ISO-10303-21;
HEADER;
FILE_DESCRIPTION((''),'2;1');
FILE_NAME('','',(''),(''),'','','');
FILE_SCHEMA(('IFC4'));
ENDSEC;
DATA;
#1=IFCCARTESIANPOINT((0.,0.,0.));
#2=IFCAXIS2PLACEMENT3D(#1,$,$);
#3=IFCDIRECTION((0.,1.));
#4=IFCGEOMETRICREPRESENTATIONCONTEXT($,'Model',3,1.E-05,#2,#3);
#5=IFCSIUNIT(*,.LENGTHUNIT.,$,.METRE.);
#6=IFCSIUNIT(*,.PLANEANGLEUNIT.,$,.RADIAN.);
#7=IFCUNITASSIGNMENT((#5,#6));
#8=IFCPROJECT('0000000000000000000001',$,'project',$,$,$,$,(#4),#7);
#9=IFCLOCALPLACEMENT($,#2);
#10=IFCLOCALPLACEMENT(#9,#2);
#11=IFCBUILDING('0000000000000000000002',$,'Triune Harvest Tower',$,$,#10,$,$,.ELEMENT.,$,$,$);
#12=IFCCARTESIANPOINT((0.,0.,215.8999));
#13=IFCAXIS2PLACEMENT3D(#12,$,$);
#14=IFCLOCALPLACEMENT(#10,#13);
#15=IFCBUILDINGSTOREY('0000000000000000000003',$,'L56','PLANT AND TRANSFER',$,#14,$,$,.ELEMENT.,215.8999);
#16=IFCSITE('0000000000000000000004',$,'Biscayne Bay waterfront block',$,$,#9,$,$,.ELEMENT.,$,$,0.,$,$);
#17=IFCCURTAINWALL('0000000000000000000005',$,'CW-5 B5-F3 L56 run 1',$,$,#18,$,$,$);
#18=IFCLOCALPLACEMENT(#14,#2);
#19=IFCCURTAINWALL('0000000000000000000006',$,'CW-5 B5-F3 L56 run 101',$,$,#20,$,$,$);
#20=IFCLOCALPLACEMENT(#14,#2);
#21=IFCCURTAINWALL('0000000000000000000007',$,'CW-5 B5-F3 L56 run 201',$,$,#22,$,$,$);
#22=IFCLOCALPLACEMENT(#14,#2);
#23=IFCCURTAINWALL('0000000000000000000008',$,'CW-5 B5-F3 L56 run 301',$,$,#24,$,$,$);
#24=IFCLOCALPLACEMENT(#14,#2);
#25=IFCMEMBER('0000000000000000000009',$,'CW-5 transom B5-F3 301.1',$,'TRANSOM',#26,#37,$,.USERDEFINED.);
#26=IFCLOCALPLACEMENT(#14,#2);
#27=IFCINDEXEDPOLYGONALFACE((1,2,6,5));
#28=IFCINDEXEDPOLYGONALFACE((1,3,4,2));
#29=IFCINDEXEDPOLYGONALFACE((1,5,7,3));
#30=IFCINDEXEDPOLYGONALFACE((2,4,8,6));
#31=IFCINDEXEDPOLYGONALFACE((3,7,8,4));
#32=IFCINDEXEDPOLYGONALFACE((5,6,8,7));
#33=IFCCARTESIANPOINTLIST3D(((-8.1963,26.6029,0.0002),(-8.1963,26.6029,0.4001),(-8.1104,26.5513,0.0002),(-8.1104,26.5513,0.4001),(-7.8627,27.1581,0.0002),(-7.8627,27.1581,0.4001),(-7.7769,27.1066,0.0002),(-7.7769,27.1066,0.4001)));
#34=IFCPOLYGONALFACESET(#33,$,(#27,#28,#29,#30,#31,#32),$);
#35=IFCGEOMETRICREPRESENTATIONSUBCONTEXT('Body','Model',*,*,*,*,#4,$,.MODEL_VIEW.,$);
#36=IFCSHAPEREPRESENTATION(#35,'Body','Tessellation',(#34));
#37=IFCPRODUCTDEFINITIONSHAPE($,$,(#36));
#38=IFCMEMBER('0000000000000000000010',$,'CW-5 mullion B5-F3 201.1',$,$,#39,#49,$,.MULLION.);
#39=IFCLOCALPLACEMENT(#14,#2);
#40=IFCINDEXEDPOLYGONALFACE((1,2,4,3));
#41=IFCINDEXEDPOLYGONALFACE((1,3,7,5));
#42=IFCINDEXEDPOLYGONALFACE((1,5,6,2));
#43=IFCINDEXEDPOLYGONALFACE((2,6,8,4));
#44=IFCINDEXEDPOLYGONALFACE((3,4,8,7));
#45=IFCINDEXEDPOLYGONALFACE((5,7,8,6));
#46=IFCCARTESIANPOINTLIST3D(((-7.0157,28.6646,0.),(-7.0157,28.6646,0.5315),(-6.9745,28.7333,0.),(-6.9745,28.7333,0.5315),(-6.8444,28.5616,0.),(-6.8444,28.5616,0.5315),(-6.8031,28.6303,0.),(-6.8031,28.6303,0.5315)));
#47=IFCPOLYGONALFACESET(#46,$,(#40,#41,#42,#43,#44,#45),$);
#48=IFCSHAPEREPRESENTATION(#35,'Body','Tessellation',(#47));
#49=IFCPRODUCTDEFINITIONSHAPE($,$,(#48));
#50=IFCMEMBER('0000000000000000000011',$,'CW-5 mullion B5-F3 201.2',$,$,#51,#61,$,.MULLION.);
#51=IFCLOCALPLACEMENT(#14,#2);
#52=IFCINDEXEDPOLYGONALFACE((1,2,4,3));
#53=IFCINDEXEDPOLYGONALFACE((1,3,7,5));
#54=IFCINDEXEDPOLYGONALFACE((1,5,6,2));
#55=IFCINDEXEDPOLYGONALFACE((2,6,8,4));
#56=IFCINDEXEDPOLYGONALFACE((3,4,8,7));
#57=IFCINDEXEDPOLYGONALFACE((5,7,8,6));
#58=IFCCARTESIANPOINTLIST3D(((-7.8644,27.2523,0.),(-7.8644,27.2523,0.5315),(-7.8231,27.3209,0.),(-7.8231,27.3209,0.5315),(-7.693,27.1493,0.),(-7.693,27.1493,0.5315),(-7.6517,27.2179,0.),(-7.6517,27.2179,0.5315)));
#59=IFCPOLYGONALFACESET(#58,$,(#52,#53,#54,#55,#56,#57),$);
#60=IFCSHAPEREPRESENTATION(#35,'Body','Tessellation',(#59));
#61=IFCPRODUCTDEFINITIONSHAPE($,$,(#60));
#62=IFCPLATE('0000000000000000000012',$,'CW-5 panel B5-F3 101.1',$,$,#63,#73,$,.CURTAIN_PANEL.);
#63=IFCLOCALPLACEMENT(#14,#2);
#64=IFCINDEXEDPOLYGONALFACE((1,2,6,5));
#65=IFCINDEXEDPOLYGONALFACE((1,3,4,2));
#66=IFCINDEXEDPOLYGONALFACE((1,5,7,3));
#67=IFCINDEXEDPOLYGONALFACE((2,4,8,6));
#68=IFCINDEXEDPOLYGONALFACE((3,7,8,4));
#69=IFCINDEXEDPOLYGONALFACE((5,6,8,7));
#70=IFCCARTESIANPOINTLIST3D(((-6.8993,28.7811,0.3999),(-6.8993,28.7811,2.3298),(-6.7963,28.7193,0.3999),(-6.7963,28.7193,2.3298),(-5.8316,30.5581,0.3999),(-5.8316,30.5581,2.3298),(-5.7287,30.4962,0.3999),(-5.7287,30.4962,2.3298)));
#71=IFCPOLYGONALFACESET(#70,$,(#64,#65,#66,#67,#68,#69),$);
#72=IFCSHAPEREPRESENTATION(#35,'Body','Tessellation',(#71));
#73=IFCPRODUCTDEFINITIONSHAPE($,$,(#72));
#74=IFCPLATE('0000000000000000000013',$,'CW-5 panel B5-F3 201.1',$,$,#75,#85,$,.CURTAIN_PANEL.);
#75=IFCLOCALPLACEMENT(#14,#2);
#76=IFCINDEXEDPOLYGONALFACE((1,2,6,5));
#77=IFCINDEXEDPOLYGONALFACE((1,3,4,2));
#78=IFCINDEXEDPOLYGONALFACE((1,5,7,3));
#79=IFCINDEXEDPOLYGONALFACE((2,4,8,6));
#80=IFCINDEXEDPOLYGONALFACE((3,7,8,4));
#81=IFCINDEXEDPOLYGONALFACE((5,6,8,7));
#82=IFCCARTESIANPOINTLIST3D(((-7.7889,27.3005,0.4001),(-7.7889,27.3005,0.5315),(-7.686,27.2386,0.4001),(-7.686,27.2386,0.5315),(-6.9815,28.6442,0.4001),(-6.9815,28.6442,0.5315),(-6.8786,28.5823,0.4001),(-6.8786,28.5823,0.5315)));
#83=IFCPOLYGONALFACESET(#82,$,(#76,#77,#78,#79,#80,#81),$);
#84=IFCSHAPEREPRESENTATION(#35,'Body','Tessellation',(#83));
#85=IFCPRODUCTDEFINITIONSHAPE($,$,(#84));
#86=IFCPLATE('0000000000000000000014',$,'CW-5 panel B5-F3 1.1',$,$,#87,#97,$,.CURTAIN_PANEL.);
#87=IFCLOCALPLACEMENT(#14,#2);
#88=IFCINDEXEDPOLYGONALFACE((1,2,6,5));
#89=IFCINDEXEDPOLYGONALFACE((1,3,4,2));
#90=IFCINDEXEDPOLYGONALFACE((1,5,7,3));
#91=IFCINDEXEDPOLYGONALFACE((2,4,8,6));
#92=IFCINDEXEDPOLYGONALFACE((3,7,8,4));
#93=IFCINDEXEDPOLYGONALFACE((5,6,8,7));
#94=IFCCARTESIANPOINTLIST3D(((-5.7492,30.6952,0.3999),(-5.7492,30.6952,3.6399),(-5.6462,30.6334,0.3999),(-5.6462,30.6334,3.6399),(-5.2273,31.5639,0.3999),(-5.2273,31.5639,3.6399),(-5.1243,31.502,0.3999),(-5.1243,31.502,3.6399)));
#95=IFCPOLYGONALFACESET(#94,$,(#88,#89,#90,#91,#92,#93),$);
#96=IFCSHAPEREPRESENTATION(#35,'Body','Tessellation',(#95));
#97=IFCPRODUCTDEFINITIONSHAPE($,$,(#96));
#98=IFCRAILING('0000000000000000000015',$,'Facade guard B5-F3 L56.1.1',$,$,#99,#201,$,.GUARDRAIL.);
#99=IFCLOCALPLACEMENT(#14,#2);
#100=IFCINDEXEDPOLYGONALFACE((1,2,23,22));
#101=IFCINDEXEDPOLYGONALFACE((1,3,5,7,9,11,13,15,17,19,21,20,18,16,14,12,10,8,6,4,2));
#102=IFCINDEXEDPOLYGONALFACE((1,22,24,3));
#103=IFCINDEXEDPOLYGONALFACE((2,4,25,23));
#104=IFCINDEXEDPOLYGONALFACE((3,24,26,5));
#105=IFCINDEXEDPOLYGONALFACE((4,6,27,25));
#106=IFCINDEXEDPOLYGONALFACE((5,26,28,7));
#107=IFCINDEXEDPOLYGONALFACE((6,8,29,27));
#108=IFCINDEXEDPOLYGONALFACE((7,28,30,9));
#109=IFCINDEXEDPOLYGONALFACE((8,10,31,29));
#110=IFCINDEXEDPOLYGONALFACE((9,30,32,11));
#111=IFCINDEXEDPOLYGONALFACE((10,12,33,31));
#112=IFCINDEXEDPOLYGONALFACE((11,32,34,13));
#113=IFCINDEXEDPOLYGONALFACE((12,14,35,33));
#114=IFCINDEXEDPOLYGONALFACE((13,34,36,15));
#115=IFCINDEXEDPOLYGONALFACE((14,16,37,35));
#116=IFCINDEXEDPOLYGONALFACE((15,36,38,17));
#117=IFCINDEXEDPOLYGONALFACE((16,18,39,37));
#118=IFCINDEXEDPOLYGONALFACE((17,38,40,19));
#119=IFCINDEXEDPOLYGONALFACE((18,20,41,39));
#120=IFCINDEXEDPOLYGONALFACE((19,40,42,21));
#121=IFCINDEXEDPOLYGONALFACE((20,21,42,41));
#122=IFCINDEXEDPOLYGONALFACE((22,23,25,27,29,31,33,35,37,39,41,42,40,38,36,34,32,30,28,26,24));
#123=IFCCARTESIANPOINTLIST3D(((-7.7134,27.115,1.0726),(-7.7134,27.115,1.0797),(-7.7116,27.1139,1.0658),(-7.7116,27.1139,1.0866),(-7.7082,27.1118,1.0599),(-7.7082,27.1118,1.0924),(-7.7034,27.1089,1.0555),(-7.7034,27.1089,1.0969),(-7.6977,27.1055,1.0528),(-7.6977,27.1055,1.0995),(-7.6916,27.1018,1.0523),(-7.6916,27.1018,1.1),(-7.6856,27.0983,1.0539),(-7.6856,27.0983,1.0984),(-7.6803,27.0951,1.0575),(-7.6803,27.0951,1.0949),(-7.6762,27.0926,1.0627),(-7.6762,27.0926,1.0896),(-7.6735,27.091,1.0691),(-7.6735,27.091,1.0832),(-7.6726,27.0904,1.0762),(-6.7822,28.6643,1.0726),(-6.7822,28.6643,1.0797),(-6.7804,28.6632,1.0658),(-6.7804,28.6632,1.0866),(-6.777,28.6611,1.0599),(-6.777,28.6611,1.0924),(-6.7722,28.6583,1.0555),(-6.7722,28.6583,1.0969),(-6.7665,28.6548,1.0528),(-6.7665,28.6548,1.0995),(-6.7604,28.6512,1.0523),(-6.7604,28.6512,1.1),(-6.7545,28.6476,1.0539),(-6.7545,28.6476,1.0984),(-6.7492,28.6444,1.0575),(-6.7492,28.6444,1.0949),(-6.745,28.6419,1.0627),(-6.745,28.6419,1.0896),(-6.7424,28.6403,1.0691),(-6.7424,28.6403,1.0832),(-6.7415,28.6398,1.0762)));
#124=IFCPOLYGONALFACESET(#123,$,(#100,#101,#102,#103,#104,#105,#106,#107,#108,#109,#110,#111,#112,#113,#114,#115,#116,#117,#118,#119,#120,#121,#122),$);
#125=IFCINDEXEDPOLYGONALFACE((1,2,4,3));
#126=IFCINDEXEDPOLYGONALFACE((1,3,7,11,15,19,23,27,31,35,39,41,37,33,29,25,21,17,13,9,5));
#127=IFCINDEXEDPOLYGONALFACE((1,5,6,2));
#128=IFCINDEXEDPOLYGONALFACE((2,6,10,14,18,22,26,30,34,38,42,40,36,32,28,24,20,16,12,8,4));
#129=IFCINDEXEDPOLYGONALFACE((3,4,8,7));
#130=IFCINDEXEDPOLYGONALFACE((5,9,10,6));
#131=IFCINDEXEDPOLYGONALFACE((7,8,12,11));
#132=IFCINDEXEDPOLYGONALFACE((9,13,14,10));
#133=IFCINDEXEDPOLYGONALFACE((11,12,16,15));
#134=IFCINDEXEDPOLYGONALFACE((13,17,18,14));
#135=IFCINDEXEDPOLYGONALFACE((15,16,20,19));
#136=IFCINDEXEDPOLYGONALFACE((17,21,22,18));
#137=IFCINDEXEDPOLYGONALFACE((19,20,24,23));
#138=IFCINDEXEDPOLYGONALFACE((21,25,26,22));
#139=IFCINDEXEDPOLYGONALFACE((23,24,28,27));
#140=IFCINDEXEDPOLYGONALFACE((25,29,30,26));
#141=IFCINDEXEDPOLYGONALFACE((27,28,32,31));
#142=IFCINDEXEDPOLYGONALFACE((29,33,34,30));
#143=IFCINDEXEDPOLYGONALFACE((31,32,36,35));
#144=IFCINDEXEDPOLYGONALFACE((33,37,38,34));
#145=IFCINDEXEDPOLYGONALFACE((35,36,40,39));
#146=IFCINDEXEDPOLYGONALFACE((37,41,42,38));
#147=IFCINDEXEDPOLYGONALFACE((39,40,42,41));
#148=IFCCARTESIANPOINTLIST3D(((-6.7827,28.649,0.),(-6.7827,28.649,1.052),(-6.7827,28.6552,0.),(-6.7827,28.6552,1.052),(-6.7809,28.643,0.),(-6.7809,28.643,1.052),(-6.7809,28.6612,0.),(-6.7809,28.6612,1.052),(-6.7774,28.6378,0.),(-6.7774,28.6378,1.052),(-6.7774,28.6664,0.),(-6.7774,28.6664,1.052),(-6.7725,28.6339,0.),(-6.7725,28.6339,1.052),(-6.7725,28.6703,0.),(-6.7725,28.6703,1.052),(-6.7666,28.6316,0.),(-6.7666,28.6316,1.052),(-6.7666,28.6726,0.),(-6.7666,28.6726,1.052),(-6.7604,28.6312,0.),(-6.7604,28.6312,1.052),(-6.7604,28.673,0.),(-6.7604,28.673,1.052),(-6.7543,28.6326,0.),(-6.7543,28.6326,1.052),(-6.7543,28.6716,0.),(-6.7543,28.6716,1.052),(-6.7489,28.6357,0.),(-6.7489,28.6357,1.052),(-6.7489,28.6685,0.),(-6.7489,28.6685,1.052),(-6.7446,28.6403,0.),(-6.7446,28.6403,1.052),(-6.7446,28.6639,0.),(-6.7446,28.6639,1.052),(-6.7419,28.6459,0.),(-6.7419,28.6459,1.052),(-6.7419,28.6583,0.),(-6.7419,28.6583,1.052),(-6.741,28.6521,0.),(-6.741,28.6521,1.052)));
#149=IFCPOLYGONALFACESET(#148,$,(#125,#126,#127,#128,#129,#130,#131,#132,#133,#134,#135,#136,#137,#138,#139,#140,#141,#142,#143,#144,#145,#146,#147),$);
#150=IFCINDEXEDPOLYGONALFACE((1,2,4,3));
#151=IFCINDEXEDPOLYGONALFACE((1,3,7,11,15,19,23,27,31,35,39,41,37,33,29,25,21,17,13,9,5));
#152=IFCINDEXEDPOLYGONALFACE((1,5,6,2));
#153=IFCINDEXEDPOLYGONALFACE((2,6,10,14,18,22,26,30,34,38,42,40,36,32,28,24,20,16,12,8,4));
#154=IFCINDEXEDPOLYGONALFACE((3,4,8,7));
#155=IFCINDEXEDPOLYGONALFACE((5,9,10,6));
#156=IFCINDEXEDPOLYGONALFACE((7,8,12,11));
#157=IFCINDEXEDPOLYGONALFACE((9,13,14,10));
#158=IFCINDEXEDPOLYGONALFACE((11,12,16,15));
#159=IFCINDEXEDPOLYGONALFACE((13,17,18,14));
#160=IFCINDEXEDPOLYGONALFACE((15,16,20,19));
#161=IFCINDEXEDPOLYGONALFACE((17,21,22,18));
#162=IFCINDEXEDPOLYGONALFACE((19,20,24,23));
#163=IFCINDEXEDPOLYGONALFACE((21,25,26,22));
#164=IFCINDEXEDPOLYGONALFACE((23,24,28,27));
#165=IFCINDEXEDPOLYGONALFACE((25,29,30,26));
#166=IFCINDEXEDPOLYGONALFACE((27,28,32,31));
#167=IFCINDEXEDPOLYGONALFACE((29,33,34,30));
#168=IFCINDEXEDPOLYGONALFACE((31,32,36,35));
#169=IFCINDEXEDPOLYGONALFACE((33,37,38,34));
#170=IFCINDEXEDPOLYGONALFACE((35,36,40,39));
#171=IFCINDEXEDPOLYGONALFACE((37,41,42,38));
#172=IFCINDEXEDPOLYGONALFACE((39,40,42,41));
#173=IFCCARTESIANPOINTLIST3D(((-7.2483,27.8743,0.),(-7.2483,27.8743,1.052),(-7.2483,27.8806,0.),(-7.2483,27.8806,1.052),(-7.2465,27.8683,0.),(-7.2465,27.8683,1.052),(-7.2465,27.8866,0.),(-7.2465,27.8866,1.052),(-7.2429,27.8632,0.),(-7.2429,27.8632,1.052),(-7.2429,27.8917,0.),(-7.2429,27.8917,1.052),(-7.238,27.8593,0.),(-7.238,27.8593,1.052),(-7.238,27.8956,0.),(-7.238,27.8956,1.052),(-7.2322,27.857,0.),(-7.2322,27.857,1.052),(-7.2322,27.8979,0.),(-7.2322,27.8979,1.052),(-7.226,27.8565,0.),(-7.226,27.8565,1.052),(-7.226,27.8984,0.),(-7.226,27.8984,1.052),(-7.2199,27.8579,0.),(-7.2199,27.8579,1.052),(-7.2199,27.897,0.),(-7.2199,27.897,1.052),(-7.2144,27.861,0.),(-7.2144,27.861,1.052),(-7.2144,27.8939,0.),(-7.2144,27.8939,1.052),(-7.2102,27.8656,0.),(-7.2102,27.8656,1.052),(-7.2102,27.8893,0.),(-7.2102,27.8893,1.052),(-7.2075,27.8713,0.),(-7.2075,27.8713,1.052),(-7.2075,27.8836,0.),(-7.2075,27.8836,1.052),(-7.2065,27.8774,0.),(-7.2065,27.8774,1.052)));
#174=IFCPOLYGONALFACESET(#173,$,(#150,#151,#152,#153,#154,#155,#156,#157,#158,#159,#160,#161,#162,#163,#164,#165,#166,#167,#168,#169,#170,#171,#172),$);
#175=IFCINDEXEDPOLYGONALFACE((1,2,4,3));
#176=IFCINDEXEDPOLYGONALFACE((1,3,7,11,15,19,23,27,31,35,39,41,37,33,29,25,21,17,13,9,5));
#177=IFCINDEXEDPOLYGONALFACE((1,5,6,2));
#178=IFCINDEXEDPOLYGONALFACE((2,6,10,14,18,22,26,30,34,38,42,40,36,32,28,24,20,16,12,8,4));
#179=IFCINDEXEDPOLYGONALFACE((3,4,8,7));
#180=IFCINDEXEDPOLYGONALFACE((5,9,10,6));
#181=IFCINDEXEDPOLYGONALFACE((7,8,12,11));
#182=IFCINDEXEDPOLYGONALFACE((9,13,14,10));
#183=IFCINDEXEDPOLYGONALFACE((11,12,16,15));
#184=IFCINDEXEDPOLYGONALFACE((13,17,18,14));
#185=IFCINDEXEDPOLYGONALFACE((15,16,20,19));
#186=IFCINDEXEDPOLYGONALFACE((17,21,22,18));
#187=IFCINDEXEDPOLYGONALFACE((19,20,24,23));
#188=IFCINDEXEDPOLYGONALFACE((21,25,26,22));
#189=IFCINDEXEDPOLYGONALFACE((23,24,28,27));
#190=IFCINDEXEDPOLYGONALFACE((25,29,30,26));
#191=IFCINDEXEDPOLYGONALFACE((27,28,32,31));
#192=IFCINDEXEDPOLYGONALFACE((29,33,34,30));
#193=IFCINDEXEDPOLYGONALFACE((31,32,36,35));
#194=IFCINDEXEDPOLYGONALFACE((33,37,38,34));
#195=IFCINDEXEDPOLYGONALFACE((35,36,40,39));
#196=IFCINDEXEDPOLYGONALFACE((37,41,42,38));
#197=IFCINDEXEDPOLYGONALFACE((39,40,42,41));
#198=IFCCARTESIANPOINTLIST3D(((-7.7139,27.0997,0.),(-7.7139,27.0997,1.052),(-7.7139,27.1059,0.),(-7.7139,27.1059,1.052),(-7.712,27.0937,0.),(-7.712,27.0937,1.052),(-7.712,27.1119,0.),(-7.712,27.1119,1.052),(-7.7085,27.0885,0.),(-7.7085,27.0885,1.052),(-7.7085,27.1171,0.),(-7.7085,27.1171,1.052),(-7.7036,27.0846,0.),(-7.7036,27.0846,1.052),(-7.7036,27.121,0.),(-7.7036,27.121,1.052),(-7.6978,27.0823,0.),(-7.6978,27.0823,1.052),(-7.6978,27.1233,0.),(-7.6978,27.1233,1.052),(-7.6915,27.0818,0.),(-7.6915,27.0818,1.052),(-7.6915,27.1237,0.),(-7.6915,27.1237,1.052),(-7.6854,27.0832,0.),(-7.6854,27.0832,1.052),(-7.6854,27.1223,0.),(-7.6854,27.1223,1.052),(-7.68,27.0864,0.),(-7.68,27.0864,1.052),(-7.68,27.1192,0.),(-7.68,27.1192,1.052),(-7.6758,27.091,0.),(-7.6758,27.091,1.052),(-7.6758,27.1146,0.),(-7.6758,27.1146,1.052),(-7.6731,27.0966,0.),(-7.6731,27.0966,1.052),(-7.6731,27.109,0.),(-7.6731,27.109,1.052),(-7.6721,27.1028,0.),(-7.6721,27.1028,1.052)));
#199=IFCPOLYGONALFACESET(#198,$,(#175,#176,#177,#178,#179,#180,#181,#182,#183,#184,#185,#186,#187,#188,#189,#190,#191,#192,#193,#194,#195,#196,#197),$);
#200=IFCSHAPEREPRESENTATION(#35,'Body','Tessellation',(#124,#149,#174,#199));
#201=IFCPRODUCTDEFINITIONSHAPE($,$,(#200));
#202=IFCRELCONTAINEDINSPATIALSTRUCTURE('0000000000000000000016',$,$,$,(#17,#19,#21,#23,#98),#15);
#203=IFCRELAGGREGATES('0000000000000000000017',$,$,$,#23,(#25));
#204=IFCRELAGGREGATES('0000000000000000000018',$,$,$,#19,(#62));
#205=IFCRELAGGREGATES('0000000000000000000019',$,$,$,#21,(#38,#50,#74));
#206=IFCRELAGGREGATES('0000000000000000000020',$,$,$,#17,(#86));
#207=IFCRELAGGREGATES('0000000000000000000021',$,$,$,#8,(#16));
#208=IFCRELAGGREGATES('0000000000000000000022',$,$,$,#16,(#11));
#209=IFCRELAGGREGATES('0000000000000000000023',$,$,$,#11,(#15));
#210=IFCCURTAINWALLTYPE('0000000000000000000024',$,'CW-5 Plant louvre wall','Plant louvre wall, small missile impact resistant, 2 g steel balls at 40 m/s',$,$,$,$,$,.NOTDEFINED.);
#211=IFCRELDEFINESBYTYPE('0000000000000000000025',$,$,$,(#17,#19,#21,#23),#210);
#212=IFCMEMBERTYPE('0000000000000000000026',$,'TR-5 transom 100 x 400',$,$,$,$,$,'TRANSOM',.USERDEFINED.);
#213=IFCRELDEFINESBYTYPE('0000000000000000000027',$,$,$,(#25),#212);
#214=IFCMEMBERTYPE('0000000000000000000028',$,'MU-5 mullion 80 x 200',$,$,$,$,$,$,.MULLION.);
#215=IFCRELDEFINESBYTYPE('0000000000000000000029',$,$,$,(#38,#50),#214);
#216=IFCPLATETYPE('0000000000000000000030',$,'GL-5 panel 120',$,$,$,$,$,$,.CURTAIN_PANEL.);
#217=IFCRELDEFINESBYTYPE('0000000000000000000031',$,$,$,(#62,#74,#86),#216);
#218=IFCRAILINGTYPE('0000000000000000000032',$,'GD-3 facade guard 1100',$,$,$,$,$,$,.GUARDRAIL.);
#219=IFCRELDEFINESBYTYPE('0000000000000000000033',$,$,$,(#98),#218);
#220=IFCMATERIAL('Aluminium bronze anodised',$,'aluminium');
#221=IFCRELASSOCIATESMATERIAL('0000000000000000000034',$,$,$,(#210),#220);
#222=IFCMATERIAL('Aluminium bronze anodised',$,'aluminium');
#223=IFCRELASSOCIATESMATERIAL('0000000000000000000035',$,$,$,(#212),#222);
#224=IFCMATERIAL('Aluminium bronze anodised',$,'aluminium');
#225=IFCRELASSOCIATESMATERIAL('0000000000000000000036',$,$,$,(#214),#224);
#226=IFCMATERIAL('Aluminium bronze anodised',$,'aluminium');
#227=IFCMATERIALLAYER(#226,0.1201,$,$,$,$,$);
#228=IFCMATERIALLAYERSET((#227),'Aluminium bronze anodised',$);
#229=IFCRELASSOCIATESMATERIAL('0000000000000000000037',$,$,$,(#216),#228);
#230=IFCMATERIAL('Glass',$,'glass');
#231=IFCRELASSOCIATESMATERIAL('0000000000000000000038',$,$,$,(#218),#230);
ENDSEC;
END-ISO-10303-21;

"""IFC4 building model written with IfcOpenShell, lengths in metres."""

from ifc_helpers import new_model, si_unit, direction, frame, origin, origin_2d, place, context, subcontext, project, spatial, rectangle, circle, extrude, source, transform, mapped, material, layer, layer_set, material_profile, profile_set, type_object, element, aggregate, save


model = new_model("IFC4")

# Units and contexts
model_context = context("Model", 3, precision=1e-05, world=origin(), true_north=direction((0.0, 1.0)))
body_context = subcontext(model_context, "Body", "Model", "MODEL_VIEW")
ifc_project = project(units=[si_unit("LENGTHUNIT", "METRE"), si_unit("PLANEANGLEUNIT", "RADIAN")], contexts=[model_context])

# Site, building, storey
site_placement = place(None, origin())
site = spatial("IfcSite", under=ifc_project, at=site_placement, Name="Biscayne Bay waterfront block", CompositionType="ELEMENT", RefElevation=0.0)
building_placement = place(site_placement, origin())
building = spatial("IfcBuilding", under=site, at=building_placement, Name="Triune Harvest Tower", CompositionType="ELEMENT")
storey_placement = place(building_placement, frame((0.0, 0.0, 215.8999)))
storey = spatial("IfcBuildingStorey", under=building, at=storey_placement, Name="L56", Description="PLANT AND TRANSFER", CompositionType="ELEMENT", Elevation=215.8999)

# Curtain walls
ifc_material_1 = material(Name="Aluminium bronze anodised", Category="aluminium")
curtain_wall_type = type_object("IfcCurtainWallType", Name="CW-5 Plant louvre wall", Description="Plant louvre wall, small missile impact resistant, 2 g steel balls at 40 m/s", PredefinedType="NOTDEFINED", material=ifc_material_1)
curtain_wall_1_placement = place(storey_placement, origin())
curtain_wall_1 = element("IfcCurtainWall", 1, at=curtain_wall_1_placement, inside=storey, type_object=curtain_wall_type, Name="CW-5 B5-F3 L56 run 1")
ifc_material_2 = material(Name="Aluminium bronze anodised", Category="aluminium")
ifc_material_profile_1 = material_profile(ifc_material_2, rectangle(XDim=0.1001, YDim=0.3999, at=origin_2d()), Name="TR-5 transom 100 x 400")
ifc_profile_set_1 = profile_set([ifc_material_profile_1], Name="Aluminium bronze anodised")
member_type_1 = type_object("IfcMemberType", Name="TR-5 transom 100 x 400", ElementType="TRANSOM", PredefinedType="USERDEFINED", material=ifc_profile_set_1)
curtain_wall_2_placement = place(storey_placement, origin())
curtain_wall_2 = element("IfcCurtainWall", 2, at=curtain_wall_2_placement, inside=storey, type_object=curtain_wall_type, Name="CW-5 B5-F3 L56 run 101")
curtain_wall_3_placement = place(storey_placement, origin())
curtain_wall_3 = element("IfcCurtainWall", 3, at=curtain_wall_3_placement, inside=storey, type_object=curtain_wall_type, Name="CW-5 B5-F3 L56 run 201")

# Shared definitions
ifc_material_3 = material(Name="Aluminium bronze anodised", Category="aluminium")
ifc_material_profile_2 = material_profile(ifc_material_3, rectangle(XDim=0.2, YDim=0.0801, at=origin_2d()), Name="MU-5 mullion 80 x 200")
ifc_profile_set_2 = profile_set([ifc_material_profile_2], Name="Aluminium bronze anodised")
member_type_2 = type_object("IfcMemberType", Name="MU-5 mullion 80 x 200", PredefinedType="MULLION", material=ifc_profile_set_2)

# Curtain wall, member
curtain_wall_4_placement = place(storey_placement, origin())
curtain_wall_4 = element("IfcCurtainWall", 4, at=curtain_wall_4_placement, inside=storey, type_object=curtain_wall_type, Name="CW-5 B5-F3 L56 run 301")
shared_shape_1 = source(origin(), body_context, "Body", "SweptSolid", [
    extrude(rectangle(XDim=0.1001, YDim=0.3999, at=origin_2d()), origin(), (0.0, 0.0, 1.0), 0.6477),
])
member_1_placement = place(storey_placement, frame((-7.8198, 27.1323, 0.2002), z_axis=(-0.514939, -0.857227, 0.0), x_axis=(0.857227, -0.514939, 0.0)))
member_1 = element("IfcMember", 5, at=member_1_placement, type_object=member_type_1, Name="CW-5 transom B5-F3 301.1", ObjectType="TRANSOM", PredefinedType="USERDEFINED", context=body_context, shape_type="MappedRepresentation", body=[
    mapped(shared_shape_1, transform((0.0, 0.0, 0.0), scale=1.0)),
])
aggregate(curtain_wall_4, [member_1])

# Members
shared_shape_2 = source(origin(), body_context, "Body", "SweptSolid", [
    extrude(rectangle(XDim=0.2, YDim=0.0801, at=origin_2d()), origin(), (0.0, 0.0, 1.0), 0.5315),
])
member_2_placement = place(storey_placement, frame((-6.9094, 28.6475, 0.0), z_axis=(0.0, 0.0, 1.0), x_axis=(0.857156, -0.515057, 0.0)))
member_2 = element("IfcMember", 6, at=member_2_placement, type_object=member_type_2, Name="CW-5 mullion B5-F3 201.1", PredefinedType="MULLION", context=body_context, shape_type="MappedRepresentation", body=[
    mapped(shared_shape_2, transform((0.0, 0.0, 0.0), scale=1.0)),
])
member_3_placement = place(storey_placement, frame((-7.7581, 27.2351, 0.0), z_axis=(0.0, 0.0, 1.0), x_axis=(0.857156, -0.515057, 0.0)))
member_3 = element("IfcMember", 7, at=member_3_placement, type_object=member_type_2, Name="CW-5 mullion B5-F3 201.2", PredefinedType="MULLION", context=body_context, shape_type="MappedRepresentation", body=[
    mapped(shared_shape_2, transform((0.0, 0.0, 0.0), scale=1.0)),
])

# Plates
ifc_material_4 = material(Name="Aluminium bronze anodised", Category="aluminium")
ifc_layer = layer(ifc_material_4, 0.1201)
ifc_layer_set = layer_set([ifc_layer], Name="Aluminium bronze anodised")
plate_type = type_object("IfcPlateType", Name="GL-5 panel 120", PredefinedType="CURTAIN_PANEL", material=ifc_layer_set)
plate_1_placement = place(storey_placement, frame((-6.314, 29.6387, 0.3999), z_axis=(0.0, 0.0, 1.0), x_axis=(-0.515036, -0.857169, 0.0)))
plate_1 = element("IfcPlate", 8, at=plate_1_placement, type_object=plate_type, Name="CW-5 panel B5-F3 101.1", PredefinedType="CURTAIN_PANEL", context=body_context, shape_type="SweptSolid", body=[
    extrude(rectangle(XDim=2.073, YDim=0.1201, at=origin_2d()), origin(), (0.0, 0.0, 1.0), 1.9299),
])
aggregate(curtain_wall_2, [plate_1])
plate_2_placement = place(storey_placement, frame((-7.3337, 27.9414, 0.4001), z_axis=(0.0, 0.0, 1.0), x_axis=(-0.515057, -0.857156, 0.0)))
plate_2 = element("IfcPlate", 9, at=plate_2_placement, type_object=plate_type, Name="CW-5 panel B5-F3 201.1", PredefinedType="CURTAIN_PANEL", context=body_context, shape_type="SweptSolid", body=[
    extrude(rectangle(XDim=1.5676, YDim=0.1201, at=origin_2d()), origin(), (0.0, 0.0, 1.0), 0.1313),
])
aggregate(curtain_wall_3, [member_2, member_3, plate_2])
shared_shape_3 = source(origin(), body_context, "Body", "SweptSolid", [
    extrude(rectangle(XDim=1.0134, YDim=0.1201, at=origin_2d()), origin(), (0.0, 0.0, 1.0), 3.24),
])
plate_3_placement = place(storey_placement, frame((-5.4368, 31.0986, 0.3999), z_axis=(0.0, 0.0, 1.0), x_axis=(-0.51501, -0.857184, 0.0)))
plate_3 = element("IfcPlate", 10, at=plate_3_placement, type_object=plate_type, Name="CW-5 panel B5-F3 1.1", PredefinedType="CURTAIN_PANEL", context=body_context, shape_type="MappedRepresentation", body=[
    mapped(shared_shape_3, transform((0.0, 0.0, 0.0), scale=1.0)),
])
aggregate(curtain_wall_1, [plate_3])

# Railing
ifc_material_5 = material(Name="Glass", Category="glass")
railing_type = type_object("IfcRailingType", Name="GD-3 facade guard 1100", PredefinedType="GUARDRAIL", material=ifc_material_5)
railing_placement = place(storey_placement, frame((-6.762, 28.6521, 0.0)))
element("IfcRailing", 11, at=railing_placement, inside=storey, type_object=railing_type, Name="Facade guard B5-F3 L56.1.1", PredefinedType="GUARDRAIL", context=body_context, shape_type="SweptSolid", body=[
    extrude(circle(Radius=0.0239, at=origin_2d()), frame((0.0, 0.0, 1.0762), z_axis=(-0.515131, -0.857111, 0.0), x_axis=(0.857111, -0.515131, 0.0)), (0.0, 0.0, 1.0), 1.8076),
    extrude(circle(Radius=0.021, at=origin_2d()), origin(), (0.0, 0.0, 1.0), 1.052),
    extrude(circle(Radius=0.021, at=origin_2d()), frame((-0.4656, -0.7747, 0.0)), (0.0, 0.0, 1.0), 1.052),
    extrude(circle(Radius=0.021, at=origin_2d()), frame((-0.9312, -1.5493, 0.0)), (0.0, 0.0, 1.0), 1.052),
])

save(model, "model.ifc")
